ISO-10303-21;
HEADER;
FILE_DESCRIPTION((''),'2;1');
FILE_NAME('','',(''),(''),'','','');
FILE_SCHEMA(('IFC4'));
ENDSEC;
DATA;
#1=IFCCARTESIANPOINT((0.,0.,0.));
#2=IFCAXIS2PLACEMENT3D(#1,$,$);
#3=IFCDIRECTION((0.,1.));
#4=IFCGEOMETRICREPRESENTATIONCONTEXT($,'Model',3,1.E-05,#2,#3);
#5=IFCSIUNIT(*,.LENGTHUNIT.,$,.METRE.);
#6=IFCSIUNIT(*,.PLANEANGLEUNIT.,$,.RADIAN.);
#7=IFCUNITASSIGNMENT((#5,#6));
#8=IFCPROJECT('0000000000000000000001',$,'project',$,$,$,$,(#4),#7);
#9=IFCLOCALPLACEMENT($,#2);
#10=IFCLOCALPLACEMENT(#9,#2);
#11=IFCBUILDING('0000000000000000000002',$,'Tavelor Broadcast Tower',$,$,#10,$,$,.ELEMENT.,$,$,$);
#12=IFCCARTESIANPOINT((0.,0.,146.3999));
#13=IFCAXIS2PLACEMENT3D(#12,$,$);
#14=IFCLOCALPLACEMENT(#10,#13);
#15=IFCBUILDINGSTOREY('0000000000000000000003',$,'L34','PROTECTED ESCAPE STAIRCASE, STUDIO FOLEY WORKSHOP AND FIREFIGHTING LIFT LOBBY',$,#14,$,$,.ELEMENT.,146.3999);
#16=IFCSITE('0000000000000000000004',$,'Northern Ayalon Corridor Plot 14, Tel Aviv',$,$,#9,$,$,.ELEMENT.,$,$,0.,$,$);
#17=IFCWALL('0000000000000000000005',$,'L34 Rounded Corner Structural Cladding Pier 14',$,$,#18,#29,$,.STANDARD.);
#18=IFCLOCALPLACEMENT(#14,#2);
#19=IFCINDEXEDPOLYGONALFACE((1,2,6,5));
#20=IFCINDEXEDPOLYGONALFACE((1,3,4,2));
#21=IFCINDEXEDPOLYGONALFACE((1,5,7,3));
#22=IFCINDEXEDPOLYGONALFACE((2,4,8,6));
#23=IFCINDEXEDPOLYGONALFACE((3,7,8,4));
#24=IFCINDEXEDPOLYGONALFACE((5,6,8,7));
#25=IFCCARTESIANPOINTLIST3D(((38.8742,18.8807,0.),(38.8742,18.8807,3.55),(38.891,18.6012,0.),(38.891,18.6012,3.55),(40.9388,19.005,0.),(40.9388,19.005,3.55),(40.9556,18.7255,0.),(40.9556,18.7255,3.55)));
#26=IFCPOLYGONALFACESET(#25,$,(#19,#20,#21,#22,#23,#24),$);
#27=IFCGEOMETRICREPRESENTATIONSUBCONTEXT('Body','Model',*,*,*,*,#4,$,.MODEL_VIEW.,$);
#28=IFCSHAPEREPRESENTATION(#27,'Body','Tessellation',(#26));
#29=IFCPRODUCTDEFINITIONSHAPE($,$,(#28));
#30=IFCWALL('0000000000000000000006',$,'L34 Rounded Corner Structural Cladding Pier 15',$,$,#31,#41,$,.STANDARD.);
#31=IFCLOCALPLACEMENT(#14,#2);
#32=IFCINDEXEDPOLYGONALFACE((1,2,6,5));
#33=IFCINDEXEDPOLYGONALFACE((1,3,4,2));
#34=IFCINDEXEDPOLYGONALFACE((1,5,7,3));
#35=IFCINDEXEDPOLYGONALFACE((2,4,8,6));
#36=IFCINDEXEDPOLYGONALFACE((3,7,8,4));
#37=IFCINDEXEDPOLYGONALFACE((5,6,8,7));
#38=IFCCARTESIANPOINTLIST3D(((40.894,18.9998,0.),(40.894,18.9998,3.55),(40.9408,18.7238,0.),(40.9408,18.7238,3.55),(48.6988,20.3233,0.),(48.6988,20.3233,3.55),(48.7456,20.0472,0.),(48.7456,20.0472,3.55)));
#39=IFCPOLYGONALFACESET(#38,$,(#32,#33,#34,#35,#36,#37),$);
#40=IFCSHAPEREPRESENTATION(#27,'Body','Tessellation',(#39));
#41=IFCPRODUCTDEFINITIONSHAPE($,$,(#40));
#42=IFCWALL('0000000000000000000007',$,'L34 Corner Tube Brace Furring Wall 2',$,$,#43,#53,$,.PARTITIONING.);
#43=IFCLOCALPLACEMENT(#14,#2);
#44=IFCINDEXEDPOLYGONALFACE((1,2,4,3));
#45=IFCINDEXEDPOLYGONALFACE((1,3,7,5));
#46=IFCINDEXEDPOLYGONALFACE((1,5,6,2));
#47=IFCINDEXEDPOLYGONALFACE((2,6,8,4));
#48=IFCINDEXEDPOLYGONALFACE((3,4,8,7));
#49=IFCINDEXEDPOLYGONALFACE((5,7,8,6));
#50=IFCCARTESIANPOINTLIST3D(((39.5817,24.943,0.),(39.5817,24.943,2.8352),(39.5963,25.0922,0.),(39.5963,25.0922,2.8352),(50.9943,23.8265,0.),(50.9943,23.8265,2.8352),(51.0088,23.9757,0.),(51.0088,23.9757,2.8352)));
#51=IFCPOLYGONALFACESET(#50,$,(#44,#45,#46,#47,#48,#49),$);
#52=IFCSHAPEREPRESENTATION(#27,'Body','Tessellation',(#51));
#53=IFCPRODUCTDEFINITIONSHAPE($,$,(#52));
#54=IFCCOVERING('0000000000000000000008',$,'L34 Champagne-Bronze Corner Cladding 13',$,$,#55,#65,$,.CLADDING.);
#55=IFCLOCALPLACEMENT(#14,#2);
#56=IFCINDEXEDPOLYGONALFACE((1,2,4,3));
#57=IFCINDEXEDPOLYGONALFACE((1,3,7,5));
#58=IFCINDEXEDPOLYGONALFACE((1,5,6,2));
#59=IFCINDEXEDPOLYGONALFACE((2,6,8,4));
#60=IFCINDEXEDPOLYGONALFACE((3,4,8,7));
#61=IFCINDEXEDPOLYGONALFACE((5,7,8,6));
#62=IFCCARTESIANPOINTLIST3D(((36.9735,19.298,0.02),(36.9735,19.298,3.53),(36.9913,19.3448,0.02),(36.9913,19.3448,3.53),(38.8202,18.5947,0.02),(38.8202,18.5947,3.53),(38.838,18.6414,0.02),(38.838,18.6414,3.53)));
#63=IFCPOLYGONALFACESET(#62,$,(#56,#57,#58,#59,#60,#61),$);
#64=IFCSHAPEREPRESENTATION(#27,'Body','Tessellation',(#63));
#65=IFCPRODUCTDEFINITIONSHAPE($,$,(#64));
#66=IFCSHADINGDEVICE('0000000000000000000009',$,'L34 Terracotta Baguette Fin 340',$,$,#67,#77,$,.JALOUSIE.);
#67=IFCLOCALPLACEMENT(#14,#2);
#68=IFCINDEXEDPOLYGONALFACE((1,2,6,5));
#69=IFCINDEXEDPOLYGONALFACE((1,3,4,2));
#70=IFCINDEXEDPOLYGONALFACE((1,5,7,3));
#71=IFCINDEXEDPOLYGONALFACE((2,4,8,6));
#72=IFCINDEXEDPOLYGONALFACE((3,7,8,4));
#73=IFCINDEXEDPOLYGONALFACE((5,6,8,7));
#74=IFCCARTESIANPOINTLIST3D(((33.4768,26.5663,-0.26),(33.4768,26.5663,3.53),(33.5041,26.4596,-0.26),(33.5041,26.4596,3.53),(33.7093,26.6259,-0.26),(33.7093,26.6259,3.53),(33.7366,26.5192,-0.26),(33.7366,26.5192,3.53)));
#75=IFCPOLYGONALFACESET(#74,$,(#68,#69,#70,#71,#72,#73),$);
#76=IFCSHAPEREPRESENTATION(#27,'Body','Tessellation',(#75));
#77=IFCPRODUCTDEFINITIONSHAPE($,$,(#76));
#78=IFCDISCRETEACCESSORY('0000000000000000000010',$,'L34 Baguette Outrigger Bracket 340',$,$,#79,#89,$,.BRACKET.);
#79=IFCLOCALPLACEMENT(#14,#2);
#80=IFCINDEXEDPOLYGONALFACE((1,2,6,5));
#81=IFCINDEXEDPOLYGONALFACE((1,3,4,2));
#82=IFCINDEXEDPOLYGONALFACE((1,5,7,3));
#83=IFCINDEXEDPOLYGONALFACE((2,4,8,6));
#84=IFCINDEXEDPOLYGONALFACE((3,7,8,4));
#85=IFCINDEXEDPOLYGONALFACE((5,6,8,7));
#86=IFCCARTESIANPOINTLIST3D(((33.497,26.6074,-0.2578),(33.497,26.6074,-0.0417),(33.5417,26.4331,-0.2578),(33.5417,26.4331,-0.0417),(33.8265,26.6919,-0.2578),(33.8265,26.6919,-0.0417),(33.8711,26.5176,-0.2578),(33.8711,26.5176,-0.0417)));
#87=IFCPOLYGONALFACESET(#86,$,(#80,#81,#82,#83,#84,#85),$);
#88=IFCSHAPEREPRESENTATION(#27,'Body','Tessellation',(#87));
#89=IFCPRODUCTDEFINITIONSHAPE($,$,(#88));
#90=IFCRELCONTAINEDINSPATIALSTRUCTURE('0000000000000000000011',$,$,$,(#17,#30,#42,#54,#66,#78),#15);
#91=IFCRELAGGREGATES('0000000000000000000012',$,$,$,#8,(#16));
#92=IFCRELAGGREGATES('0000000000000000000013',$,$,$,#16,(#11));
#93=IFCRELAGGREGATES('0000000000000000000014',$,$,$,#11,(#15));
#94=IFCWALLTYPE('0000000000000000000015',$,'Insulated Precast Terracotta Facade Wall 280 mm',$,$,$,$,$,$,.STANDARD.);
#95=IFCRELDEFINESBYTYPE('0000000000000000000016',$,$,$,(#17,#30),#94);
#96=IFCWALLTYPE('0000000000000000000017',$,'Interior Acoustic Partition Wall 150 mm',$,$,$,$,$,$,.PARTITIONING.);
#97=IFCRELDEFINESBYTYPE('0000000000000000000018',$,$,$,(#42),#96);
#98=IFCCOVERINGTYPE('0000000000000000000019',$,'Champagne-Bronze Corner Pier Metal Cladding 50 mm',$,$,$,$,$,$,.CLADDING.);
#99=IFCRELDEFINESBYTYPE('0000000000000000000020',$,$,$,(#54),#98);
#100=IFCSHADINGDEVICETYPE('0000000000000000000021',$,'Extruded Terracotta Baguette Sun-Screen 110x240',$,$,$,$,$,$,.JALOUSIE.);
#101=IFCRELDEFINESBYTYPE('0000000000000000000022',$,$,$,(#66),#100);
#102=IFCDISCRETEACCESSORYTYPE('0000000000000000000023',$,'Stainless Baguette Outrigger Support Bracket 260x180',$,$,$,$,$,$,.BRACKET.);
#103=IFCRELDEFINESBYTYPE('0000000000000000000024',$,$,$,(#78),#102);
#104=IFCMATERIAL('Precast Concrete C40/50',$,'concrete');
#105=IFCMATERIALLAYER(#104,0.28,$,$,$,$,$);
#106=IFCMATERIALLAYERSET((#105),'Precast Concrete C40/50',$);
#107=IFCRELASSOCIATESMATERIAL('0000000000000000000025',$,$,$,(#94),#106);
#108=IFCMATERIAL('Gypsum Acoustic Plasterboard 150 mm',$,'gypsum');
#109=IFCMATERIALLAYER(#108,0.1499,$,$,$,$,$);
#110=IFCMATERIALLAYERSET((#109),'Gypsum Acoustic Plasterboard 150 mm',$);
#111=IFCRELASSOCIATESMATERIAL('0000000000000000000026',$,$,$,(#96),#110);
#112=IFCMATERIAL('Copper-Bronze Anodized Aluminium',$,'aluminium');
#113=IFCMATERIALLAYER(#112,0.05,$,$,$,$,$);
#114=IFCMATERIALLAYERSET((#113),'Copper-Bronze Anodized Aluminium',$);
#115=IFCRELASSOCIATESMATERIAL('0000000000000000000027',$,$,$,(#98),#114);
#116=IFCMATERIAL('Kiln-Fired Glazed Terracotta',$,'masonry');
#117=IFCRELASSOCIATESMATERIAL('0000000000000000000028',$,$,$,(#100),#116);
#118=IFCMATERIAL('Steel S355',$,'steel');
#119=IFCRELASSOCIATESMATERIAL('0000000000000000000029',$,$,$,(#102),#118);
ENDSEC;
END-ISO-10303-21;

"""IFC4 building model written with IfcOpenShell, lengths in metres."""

from ifc_helpers import new_model, si_unit, direction, frame, frame_2d, origin, origin_2d, place, context, subcontext, project, spatial, rectangle, extrude, source, transform, mapped, material, layer, layer_set, type_object, type_shapes, element, save


model = new_model("IFC4")

# Units and contexts
model_context = context("Model", 3, precision=1e-05, world=origin(), true_north=direction((0.0, 1.0)))
body_context = subcontext(model_context, "Body", "Model", "MODEL_VIEW")
ifc_project = project(units=[si_unit("LENGTHUNIT", "METRE"), si_unit("PLANEANGLEUNIT", "RADIAN")], contexts=[model_context])

# Site, building, storey
site_placement = place(None, origin())
site = spatial("IfcSite", under=ifc_project, at=site_placement, Name="Northern Ayalon Corridor Plot 14, Tel Aviv", CompositionType="ELEMENT", RefElevation=0.0)
building_placement = place(site_placement, origin())
building = spatial("IfcBuilding", under=site, at=building_placement, Name="Tavelor Broadcast Tower", CompositionType="ELEMENT")
storey_placement = place(building_placement, frame((0.0, 0.0, 146.3999)))
storey = spatial("IfcBuildingStorey", under=building, at=storey_placement, Name="L34", Description="PROTECTED ESCAPE STAIRCASE, STUDIO FOLEY WORKSHOP AND FIREFIGHTING LIFT LOBBY", CompositionType="ELEMENT", Elevation=146.3999)

# Shared definitions
ifc_material_1 = material(Name="Steel S355", Category="steel")

# Walls
ifc_material_2 = material(Name="Precast Concrete C40/50", Category="concrete")
ifc_layer_1 = layer(ifc_material_2, 0.28)
ifc_layer_set_1 = layer_set([ifc_layer_1], Name="Precast Concrete C40/50")
wall_type_1 = type_object("IfcWallType", Name="Insulated Precast Terracotta Facade Wall 280 mm", PredefinedType="STANDARD", material=ifc_layer_set_1)
wall_1_placement = place(storey_placement, frame((38.8826, 18.741, 0.0), z_axis=(0.0, 0.0, 1.0), x_axis=(0.998194, 0.060078, 0.0)))
element("IfcWall", 1, at=wall_1_placement, inside=storey, type_object=wall_type_1, Name="L34 Rounded Corner Structural Cladding Pier 14", PredefinedType="STANDARD", context=body_context, shape_type="SweptSolid", body=[
    extrude(rectangle(XDim=2.0684, YDim=0.28, at=frame_2d((1.0342, 0.0))), origin(), (0.0, 0.0, 1.0), 3.55),
])
wall_2_placement = place(storey_placement, frame((40.9175, 18.8618, 0.0), z_axis=(0.0, 0.0, 1.0), x_axis=(0.985926, 0.167184, 0.0)))
element("IfcWall", 2, at=wall_2_placement, inside=storey, type_object=wall_type_1, Name="L34 Rounded Corner Structural Cladding Pier 15", PredefinedType="STANDARD", context=body_context, shape_type="SweptSolid", body=[
    extrude(rectangle(XDim=7.9163, YDim=0.28, at=frame_2d((3.958, 0.0))), origin(), (0.0, 0.0, 1.0), 3.55),
])
ifc_material_3 = material(Name="Gypsum Acoustic Plasterboard 150 mm", Category="gypsum")
ifc_layer_2 = layer(ifc_material_3, 0.1499)
ifc_layer_set_2 = layer_set([ifc_layer_2], Name="Gypsum Acoustic Plasterboard 150 mm")
wall_type_2 = type_object("IfcWallType", Name="Interior Acoustic Partition Wall 150 mm", PredefinedType="PARTITIONING", material=ifc_layer_set_2)
wall_3_placement = place(storey_placement, frame((39.5891, 25.0176, 0.0), z_axis=(0.0, 0.0, 1.0), x_axis=(0.995249, -0.097362, 0.0)))
element("IfcWall", 3, at=wall_3_placement, inside=storey, type_object=wall_type_2, Name="L34 Corner Tube Brace Furring Wall 2", PredefinedType="PARTITIONING", context=body_context, shape_type="SweptSolid", body=[
    extrude(rectangle(XDim=11.467, YDim=0.1499, at=frame_2d((5.7334, 0.0))), origin(), (0.0, 0.0, 1.0), 2.8352),
])

# Covering
ifc_material_4 = material(Name="Copper-Bronze Anodized Aluminium", Category="aluminium")
ifc_layer_3 = layer(ifc_material_4, 0.05)
ifc_layer_set_3 = layer_set([ifc_layer_3], Name="Copper-Bronze Anodized Aluminium")
covering_type = type_object("IfcCoveringType", Name="Champagne-Bronze Corner Pier Metal Cladding 50 mm", PredefinedType="CLADDING", material=ifc_layer_set_3)
covering_placement = place(storey_placement, frame((37.9058, 18.9697, 0.02), z_axis=(0.0, 0.0, 1.0), x_axis=(0.934515, -0.355923, 0.0)))
element("IfcCovering", 4, at=covering_placement, inside=storey, type_object=covering_type, Name="L34 Champagne-Bronze Corner Cladding 13", PredefinedType="CLADDING", context=body_context, shape_type="SweptSolid", body=[
    extrude(rectangle(XDim=1.9761, YDim=0.05, at=origin_2d()), origin(), (0.0, 0.0, 1.0), 3.51),
])

# Shading device
ifc_material_5 = material(Name="Kiln-Fired Glazed Terracotta", Category="masonry")
shading_device_type = type_object("IfcShadingDeviceType", Name="Extruded Terracotta Baguette Sun-Screen 110x240", PredefinedType="JALOUSIE", material=ifc_material_5)
shared_shape_1 = source(origin(), body_context, "Body", "SweptSolid", [
    extrude(rectangle(XDim=0.1101, YDim=0.24, at=origin_2d()), origin(), (0.0, 0.0, 1.0), 3.79),
])
type_shapes(shading_device_type, [shared_shape_1])
shading_device_placement = place(storey_placement, frame((33.6067, 26.5427, -0.26), z_axis=(0.0, 0.0, 1.0), x_axis=(0.248352, -0.96867, 0.0)))
element("IfcShadingDevice", 5, at=shading_device_placement, inside=storey, type_object=shading_device_type, Name="L34 Terracotta Baguette Fin 340", PredefinedType="JALOUSIE", context=body_context, shape_type="MappedRepresentation", body=[
    mapped(shared_shape_1, transform((0.0, 0.0, 0.0), scale=1.0)),
])

# Discrete accessory
discrete_accessory_type = type_object("IfcDiscreteAccessoryType", Name="Stainless Baguette Outrigger Support Bracket 260x180", PredefinedType="BRACKET", material=ifc_material_1)
shared_shape_2 = source(origin(), body_context, "Body", "SweptSolid", [
    extrude(rectangle(XDim=0.1799, YDim=0.3401, at=origin_2d()), origin(), (0.0, 0.0, 1.0), 0.2161),
])
type_shapes(discrete_accessory_type, [shared_shape_2])
discrete_accessory_placement = place(storey_placement, frame((33.6841, 26.5625, -0.2578), z_axis=(0.0, 0.0, 1.0), x_axis=(0.248352, -0.96867, 0.0)))
element("IfcDiscreteAccessory", 6, at=discrete_accessory_placement, inside=storey, type_object=discrete_accessory_type, Name="L34 Baguette Outrigger Bracket 340", PredefinedType="BRACKET", context=body_context, shape_type="MappedRepresentation", body=[
    mapped(shared_shape_2, transform((0.0, 0.0, 0.0), scale=1.0)),
])

save(model, "model.ifc")
